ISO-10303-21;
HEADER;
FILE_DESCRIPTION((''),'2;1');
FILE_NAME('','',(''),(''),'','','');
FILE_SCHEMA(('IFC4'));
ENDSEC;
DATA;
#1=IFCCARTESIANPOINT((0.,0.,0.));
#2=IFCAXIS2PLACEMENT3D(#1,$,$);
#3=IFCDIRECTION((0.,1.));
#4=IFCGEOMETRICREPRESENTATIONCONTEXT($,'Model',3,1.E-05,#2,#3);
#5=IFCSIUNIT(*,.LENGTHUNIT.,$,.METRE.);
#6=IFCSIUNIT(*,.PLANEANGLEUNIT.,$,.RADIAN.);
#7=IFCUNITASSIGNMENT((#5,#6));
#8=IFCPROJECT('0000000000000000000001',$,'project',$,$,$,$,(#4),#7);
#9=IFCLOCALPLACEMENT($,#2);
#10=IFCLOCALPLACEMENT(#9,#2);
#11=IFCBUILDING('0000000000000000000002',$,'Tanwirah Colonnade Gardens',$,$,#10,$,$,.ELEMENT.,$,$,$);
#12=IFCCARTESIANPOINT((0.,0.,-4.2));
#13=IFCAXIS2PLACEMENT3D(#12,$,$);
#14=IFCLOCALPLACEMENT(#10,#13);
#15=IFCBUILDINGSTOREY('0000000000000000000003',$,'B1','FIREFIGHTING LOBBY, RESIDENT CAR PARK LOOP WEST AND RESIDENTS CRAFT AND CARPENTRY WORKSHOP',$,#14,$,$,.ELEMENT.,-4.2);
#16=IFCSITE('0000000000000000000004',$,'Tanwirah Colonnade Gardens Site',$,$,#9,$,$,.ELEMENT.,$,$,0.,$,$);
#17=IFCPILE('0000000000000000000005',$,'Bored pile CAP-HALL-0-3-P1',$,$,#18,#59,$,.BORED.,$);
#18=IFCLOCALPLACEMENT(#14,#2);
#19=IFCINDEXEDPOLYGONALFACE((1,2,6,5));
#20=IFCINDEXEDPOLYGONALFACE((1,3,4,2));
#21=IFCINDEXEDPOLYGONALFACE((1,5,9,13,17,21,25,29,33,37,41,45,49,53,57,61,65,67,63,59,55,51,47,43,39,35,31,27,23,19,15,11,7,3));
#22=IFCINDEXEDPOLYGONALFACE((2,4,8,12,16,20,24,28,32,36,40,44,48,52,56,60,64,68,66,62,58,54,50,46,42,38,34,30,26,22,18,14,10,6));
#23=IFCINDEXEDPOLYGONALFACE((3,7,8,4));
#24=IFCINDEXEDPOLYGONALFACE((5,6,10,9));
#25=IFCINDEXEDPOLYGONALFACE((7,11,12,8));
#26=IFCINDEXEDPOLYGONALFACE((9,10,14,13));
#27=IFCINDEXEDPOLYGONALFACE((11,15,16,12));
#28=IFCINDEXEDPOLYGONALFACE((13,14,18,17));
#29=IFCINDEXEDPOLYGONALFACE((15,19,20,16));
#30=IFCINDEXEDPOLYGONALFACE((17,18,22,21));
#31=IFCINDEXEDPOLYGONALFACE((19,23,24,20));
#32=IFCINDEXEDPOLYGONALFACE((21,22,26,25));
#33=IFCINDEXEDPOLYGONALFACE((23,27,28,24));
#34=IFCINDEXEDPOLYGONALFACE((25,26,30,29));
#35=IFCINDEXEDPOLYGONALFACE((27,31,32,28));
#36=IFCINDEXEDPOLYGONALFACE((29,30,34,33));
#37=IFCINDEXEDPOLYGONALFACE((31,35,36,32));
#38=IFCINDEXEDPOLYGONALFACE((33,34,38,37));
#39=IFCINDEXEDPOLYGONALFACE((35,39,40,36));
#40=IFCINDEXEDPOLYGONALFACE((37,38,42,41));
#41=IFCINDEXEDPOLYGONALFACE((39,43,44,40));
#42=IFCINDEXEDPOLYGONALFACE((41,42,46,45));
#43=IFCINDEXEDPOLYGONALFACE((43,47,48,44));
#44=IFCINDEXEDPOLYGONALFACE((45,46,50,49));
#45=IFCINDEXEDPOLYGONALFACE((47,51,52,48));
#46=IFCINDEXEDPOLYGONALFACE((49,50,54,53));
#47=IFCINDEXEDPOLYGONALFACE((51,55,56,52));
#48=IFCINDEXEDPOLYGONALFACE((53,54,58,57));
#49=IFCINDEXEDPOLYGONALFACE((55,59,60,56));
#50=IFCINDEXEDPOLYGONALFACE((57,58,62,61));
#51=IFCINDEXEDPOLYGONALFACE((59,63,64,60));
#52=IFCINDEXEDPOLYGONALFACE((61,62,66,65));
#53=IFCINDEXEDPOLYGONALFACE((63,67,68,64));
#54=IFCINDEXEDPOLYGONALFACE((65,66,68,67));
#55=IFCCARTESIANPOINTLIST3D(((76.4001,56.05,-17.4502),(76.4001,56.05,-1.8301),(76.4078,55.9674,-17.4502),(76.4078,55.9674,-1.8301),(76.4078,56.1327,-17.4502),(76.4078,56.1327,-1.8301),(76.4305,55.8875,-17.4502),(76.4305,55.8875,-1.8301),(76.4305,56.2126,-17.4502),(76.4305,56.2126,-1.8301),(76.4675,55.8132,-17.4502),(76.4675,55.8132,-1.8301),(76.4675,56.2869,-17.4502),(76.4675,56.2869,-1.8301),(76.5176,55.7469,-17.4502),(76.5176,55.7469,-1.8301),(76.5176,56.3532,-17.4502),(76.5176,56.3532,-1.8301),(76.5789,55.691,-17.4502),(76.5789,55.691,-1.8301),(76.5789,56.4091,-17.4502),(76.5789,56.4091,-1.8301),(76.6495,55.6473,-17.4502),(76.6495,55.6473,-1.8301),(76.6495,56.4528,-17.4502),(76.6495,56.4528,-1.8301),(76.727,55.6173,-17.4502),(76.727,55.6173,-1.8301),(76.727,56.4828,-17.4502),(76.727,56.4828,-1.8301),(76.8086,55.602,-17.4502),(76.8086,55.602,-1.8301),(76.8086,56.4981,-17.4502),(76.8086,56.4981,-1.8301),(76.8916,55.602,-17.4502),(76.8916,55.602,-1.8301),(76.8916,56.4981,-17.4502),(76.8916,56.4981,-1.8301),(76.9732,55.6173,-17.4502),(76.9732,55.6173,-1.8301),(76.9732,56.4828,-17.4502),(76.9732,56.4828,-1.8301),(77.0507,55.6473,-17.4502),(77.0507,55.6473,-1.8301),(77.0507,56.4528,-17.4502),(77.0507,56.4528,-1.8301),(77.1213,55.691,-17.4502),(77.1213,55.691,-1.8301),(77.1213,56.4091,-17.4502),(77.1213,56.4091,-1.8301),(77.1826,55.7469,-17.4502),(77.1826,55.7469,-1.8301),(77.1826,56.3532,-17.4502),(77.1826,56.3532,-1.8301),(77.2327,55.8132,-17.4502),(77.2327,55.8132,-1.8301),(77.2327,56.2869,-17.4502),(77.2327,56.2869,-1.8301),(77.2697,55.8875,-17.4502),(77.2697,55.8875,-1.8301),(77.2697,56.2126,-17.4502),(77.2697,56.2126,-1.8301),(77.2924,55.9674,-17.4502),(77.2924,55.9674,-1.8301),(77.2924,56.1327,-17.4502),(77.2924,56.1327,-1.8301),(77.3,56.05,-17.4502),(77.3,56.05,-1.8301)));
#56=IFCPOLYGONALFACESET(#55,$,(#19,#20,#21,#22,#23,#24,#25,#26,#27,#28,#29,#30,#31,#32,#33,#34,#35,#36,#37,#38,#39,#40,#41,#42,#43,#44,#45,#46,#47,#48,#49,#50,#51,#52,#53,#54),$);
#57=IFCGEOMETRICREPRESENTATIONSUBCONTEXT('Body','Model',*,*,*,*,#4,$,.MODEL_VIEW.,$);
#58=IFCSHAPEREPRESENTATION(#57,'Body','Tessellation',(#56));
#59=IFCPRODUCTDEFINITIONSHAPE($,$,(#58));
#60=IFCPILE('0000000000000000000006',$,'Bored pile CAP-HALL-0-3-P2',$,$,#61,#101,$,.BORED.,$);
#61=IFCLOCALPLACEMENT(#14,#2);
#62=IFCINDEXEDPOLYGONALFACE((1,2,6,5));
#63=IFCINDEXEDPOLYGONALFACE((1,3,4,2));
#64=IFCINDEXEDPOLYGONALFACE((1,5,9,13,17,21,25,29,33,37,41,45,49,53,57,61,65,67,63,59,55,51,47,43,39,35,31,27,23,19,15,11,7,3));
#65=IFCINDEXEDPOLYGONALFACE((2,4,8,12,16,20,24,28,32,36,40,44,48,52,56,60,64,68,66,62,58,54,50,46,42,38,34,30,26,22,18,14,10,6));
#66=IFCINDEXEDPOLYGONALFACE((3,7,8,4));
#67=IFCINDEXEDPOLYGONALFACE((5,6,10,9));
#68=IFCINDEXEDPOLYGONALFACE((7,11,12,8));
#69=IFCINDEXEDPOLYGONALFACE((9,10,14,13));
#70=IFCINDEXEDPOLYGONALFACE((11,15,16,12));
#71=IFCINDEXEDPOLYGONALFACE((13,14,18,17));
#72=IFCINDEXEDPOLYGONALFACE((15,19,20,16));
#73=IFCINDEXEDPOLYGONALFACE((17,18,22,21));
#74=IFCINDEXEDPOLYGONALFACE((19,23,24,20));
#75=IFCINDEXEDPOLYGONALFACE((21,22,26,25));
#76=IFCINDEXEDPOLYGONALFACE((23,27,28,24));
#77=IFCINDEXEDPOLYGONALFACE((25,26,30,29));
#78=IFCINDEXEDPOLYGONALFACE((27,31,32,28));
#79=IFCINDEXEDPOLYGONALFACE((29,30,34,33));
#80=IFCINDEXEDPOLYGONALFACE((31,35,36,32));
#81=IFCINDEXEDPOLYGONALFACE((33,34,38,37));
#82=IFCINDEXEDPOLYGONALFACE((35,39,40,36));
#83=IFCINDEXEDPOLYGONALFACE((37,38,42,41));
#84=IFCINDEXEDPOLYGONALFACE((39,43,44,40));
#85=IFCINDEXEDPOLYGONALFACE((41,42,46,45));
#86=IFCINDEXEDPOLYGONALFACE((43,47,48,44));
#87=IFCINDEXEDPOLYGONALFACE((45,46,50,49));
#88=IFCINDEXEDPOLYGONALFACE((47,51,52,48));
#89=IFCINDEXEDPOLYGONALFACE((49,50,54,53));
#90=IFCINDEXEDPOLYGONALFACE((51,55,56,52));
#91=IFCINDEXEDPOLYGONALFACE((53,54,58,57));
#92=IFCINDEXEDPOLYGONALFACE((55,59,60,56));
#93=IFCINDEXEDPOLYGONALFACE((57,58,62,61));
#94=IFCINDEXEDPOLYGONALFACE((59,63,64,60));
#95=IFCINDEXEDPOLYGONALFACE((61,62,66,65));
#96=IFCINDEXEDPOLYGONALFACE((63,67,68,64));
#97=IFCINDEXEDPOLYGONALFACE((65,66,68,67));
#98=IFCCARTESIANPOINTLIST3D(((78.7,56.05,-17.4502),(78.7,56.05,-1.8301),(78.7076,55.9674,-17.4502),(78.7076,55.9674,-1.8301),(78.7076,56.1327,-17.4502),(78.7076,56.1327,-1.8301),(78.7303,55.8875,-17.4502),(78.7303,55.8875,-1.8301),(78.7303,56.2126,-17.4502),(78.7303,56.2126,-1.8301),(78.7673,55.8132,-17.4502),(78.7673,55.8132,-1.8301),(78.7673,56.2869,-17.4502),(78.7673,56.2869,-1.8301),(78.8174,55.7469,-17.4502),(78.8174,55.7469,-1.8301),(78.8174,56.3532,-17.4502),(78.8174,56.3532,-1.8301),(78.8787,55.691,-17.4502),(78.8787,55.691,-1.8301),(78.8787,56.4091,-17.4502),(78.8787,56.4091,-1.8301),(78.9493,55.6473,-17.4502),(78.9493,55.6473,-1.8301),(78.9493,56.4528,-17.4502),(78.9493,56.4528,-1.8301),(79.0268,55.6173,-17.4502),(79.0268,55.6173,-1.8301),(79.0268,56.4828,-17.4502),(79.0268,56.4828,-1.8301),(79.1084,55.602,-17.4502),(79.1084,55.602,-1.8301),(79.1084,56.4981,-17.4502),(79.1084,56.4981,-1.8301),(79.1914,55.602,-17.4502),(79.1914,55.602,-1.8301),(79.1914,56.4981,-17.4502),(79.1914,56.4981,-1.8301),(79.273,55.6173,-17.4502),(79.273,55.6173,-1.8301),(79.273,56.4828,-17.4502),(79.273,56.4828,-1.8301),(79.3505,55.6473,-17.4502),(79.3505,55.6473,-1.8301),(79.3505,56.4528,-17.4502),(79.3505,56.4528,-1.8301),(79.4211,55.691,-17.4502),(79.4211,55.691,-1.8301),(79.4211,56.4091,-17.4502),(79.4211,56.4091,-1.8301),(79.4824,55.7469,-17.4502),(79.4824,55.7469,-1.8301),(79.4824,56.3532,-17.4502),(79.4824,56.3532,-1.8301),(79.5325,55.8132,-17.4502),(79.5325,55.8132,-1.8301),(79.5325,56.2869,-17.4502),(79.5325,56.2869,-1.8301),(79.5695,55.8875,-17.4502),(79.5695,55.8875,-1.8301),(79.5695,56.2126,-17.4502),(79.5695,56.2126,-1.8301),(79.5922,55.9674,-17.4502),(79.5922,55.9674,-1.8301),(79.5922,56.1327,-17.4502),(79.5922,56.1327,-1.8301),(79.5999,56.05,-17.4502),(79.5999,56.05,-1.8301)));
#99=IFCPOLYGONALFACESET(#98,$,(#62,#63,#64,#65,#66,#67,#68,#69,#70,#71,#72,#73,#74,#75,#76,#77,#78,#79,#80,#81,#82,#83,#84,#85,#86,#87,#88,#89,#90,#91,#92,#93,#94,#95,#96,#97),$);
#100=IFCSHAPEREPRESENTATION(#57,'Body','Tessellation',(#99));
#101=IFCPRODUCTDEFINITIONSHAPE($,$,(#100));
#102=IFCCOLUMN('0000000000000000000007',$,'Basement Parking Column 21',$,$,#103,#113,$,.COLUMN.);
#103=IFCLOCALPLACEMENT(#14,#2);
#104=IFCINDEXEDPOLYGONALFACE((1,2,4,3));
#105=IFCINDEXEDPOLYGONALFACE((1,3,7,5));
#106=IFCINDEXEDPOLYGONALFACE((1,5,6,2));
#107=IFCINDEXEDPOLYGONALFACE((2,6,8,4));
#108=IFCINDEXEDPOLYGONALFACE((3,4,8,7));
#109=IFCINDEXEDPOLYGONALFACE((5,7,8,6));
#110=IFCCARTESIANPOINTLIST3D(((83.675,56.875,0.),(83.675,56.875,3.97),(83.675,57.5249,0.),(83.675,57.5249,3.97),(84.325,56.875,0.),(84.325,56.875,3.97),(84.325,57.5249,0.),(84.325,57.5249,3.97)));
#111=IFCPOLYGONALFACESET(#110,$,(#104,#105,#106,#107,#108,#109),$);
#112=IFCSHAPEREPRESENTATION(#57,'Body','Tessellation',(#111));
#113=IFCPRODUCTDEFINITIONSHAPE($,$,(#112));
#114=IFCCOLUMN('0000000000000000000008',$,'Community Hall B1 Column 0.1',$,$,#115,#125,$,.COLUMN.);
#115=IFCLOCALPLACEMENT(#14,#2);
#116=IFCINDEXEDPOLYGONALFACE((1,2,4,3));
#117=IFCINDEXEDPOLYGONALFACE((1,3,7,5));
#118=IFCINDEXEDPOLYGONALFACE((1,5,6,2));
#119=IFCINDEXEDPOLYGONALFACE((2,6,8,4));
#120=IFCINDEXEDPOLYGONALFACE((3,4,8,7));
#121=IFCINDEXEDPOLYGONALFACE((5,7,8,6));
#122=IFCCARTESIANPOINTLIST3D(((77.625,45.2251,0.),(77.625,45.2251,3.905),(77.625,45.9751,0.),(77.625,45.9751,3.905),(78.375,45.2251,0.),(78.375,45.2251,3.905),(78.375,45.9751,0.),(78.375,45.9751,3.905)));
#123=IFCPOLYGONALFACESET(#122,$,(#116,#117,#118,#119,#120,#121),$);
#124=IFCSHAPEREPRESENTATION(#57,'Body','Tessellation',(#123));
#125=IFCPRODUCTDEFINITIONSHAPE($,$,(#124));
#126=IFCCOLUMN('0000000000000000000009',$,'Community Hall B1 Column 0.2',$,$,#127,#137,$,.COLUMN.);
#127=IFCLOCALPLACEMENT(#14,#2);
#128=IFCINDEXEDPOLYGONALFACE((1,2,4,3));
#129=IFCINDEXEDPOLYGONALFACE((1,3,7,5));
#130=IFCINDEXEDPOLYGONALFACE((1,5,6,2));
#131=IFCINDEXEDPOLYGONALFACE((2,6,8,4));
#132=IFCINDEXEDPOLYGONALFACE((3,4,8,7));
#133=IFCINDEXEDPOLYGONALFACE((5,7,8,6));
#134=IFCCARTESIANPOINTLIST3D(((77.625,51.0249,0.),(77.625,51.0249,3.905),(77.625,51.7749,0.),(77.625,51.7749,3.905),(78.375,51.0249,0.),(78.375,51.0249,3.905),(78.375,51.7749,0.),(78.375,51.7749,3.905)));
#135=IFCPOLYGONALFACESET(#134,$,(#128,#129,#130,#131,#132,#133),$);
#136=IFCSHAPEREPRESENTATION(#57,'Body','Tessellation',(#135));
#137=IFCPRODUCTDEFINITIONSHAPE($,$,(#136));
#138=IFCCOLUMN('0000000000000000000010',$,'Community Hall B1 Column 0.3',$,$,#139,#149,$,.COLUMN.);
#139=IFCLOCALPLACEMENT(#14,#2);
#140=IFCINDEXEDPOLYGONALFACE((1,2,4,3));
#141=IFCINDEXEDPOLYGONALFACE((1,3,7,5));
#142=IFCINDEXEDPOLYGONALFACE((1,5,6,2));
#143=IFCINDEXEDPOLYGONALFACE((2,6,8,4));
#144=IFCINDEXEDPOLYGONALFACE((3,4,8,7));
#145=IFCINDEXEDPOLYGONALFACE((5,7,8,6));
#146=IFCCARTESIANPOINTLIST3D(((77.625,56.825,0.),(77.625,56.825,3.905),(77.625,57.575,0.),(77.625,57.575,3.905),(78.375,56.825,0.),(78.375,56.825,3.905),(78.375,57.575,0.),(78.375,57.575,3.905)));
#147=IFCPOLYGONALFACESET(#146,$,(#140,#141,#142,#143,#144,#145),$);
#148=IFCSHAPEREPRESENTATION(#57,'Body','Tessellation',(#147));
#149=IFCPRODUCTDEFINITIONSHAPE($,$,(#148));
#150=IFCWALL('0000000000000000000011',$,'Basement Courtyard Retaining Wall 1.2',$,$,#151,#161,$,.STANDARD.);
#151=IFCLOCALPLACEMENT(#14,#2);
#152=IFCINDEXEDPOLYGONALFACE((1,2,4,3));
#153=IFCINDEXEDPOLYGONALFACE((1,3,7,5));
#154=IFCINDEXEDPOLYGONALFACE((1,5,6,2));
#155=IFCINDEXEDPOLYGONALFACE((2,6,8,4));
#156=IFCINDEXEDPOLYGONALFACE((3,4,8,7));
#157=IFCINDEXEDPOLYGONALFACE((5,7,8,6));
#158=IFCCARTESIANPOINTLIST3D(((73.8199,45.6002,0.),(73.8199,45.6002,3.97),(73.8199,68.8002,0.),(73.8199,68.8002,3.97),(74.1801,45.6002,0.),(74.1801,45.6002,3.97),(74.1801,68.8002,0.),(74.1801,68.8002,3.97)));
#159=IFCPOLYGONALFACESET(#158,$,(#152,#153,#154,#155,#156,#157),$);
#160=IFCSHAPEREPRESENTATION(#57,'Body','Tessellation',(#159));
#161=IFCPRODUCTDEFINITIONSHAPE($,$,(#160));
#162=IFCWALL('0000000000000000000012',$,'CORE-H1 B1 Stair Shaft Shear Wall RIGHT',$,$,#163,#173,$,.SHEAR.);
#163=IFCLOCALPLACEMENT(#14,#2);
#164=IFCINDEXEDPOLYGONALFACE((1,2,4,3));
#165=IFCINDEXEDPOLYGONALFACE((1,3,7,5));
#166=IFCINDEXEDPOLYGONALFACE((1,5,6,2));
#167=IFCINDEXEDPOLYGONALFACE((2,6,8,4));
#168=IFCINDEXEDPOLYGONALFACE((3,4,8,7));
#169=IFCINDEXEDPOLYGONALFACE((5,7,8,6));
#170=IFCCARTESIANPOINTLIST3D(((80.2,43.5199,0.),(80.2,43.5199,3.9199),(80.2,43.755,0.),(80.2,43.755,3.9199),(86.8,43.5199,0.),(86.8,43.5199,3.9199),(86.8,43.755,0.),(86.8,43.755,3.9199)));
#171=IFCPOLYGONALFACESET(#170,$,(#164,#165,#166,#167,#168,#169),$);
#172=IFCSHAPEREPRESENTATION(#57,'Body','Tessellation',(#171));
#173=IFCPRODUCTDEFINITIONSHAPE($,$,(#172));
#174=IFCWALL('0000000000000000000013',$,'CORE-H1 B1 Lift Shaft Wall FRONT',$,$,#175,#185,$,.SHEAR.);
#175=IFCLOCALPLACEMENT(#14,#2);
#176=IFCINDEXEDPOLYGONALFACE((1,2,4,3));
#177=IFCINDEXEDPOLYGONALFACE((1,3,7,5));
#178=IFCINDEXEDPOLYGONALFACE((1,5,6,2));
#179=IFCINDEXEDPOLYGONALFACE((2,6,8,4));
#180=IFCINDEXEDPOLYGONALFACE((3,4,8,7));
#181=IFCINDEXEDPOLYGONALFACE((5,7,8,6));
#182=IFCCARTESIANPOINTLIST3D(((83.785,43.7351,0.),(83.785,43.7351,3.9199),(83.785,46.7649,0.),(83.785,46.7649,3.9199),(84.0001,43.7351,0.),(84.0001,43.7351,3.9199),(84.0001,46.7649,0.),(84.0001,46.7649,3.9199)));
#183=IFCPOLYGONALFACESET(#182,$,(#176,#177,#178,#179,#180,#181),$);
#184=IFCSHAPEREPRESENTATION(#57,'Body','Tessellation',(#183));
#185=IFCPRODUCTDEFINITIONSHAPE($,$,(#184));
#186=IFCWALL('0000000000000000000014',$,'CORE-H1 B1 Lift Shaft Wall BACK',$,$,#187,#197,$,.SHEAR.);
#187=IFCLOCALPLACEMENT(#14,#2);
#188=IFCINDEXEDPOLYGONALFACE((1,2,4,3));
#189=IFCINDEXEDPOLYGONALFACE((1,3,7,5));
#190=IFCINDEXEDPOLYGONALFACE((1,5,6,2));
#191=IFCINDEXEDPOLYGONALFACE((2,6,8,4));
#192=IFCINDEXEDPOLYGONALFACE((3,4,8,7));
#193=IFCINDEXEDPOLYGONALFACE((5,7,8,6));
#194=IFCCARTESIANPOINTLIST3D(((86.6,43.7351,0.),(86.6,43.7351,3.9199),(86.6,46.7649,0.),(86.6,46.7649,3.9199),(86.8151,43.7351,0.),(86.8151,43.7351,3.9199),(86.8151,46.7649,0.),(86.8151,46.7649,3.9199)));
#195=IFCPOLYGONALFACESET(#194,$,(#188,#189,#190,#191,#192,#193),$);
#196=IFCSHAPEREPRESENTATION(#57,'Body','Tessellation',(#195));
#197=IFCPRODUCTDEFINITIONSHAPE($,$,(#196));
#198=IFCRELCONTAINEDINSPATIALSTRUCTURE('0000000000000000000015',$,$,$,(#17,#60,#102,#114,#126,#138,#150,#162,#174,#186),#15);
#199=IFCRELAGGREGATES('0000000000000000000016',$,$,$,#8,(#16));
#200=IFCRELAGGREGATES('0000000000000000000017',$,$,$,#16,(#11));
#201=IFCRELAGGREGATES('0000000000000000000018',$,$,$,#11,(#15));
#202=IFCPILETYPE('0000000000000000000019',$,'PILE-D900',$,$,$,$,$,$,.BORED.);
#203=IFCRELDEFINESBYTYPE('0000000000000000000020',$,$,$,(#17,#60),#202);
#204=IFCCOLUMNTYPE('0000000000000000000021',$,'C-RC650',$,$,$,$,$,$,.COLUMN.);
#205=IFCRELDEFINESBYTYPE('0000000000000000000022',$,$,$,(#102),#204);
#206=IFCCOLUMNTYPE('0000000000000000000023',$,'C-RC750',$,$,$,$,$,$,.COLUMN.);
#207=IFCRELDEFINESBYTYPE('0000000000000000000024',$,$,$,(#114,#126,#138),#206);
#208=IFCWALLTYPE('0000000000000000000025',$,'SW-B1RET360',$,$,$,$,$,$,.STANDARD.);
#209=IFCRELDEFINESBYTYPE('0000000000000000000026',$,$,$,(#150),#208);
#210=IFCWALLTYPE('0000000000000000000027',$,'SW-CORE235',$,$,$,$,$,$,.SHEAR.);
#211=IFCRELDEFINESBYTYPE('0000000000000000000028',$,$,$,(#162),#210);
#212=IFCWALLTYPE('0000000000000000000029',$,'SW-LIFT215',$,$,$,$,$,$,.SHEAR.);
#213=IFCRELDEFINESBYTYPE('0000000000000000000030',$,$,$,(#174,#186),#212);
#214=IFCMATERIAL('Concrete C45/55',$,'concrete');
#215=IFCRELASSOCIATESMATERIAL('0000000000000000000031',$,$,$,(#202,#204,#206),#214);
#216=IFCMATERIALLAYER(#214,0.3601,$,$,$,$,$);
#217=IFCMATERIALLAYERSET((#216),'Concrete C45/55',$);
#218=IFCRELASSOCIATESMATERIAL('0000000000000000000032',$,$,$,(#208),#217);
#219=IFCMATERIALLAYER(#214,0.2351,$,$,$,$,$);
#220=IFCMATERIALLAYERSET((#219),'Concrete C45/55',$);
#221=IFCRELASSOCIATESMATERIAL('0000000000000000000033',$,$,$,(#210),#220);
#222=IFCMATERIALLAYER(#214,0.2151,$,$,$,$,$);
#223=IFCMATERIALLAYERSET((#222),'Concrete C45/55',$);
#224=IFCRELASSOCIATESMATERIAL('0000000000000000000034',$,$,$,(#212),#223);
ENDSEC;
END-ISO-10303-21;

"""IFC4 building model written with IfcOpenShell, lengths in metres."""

from ifc_helpers import new_model, si_unit, direction, frame, frame_2d, origin, origin_2d, place, context, subcontext, project, spatial, rectangle, circle, extrude, material, layer, layer_set, material_profile, profile_set, type_object, element, save


model = new_model("IFC4")

# Units and contexts
model_context = context("Model", 3, precision=1e-05, world=origin(), true_north=direction((0.0, 1.0)))
body_context = subcontext(model_context, "Body", "Model", "MODEL_VIEW")
ifc_project = project(units=[si_unit("LENGTHUNIT", "METRE"), si_unit("PLANEANGLEUNIT", "RADIAN")], contexts=[model_context])

# Site, building, storey
site_placement = place(None, origin())
site = spatial("IfcSite", under=ifc_project, at=site_placement, Name="Tanwirah Colonnade Gardens Site", CompositionType="ELEMENT", RefElevation=0.0)
building_placement = place(site_placement, origin())
building = spatial("IfcBuilding", under=site, at=building_placement, Name="Tanwirah Colonnade Gardens", CompositionType="ELEMENT")
storey_placement = place(building_placement, frame((0.0, 0.0, -4.2)))
storey = spatial("IfcBuildingStorey", under=building, at=storey_placement, Name="B1", Description="FIREFIGHTING LOBBY, RESIDENT CAR PARK LOOP WEST AND RESIDENTS CRAFT AND CARPENTRY WORKSHOP", CompositionType="ELEMENT", Elevation=-4.2)

# Shared definitions
ifc_material = material(Name="Concrete C45/55", Category="concrete")

# Piles
ifc_material_profile_1 = material_profile(ifc_material, circle(Radius=0.45, at=origin_2d()), Name="PILE D900")
ifc_profile_set_1 = profile_set([ifc_material_profile_1], Name="Concrete C45/55")
pile_type_1 = type_object("IfcPileType", Name="PILE-D900", PredefinedType="BORED", material=ifc_profile_set_1)
for number, where, z_axis, x_axis, name in (
    (1, (76.8501, 56.05, -1.8301), (0.0, 0.0, -1.0), (1.0, 0.0, 0.0), "Bored pile CAP-HALL-0-3-P1"),
    (2, (79.1499, 56.05, -1.8301), (0.0, 0.0, -1.0), (1.0, 0.0, 0.0), "Bored pile CAP-HALL-0-3-P2"),
):
    element("IfcPile", number, at=place(storey_placement, frame(where, z_axis=z_axis, x_axis=x_axis)), inside=storey, type_object=pile_type_1, Name=name, PredefinedType="BORED", context=body_context, shape_type="SweptSolid", body=[
        extrude(circle(Radius=0.45, at=origin_2d()), origin(), (0.0, 0.0, 1.0), 15.6201),
    ])

# Columns
ifc_material_profile_2 = material_profile(ifc_material, rectangle(XDim=0.6499, YDim=0.6499, at=origin_2d()), Name="RC-COL 650x650")
ifc_profile_set_2 = profile_set([ifc_material_profile_2], Name="Concrete C45/55")
column_type_1 = type_object("IfcColumnType", Name="C-RC650", PredefinedType="COLUMN", material=ifc_profile_set_2)
column_placement = place(storey_placement, frame((84.0, 57.2, 0.0), z_axis=(0.0, 0.0, 1.0), x_axis=(1.0, 0.0, 0.0)))
element("IfcColumn", 3, at=column_placement, inside=storey, type_object=column_type_1, Name="Basement Parking Column 21", PredefinedType="COLUMN", context=body_context, shape_type="SweptSolid", body=[
    extrude(rectangle(XDim=0.6499, YDim=0.6499, at=origin_2d()), origin(), (0.0, 0.0, 1.0), 3.97),
])
ifc_material_profile_3 = material_profile(ifc_material, rectangle(XDim=0.75, YDim=0.75, at=origin_2d()), Name="RC-COL 750x750")
ifc_profile_set_3 = profile_set([ifc_material_profile_3], Name="Concrete C45/55")
column_type_2 = type_object("IfcColumnType", Name="C-RC750", PredefinedType="COLUMN", material=ifc_profile_set_3)
for number, where, z_axis, x_axis, name in (
    (4, (78.0, 45.6001, 0.0), (0.0, 0.0, 1.0), (1.0, 0.0, 0.0), "Community Hall B1 Column 0.1"),
    (5, (78.0, 51.3999, 0.0), (0.0, 0.0, 1.0), (1.0, 0.0, 0.0), "Community Hall B1 Column 0.2"),
    (6, (78.0, 57.2, 0.0), (0.0, 0.0, 1.0), (1.0, 0.0, 0.0), "Community Hall B1 Column 0.3"),
):
    element("IfcColumn", number, at=place(storey_placement, frame(where, z_axis=z_axis, x_axis=x_axis)), inside=storey, type_object=column_type_2, Name=name, PredefinedType="COLUMN", context=body_context, shape_type="SweptSolid", body=[
        extrude(rectangle(XDim=0.75, YDim=0.75, at=origin_2d()), origin(), (0.0, 0.0, 1.0), 3.905),
    ])

# Walls
ifc_layer_1 = layer(ifc_material, 0.3601)
ifc_layer_set_1 = layer_set([ifc_layer_1], Name="Concrete C45/55")
wall_type_1 = type_object("IfcWallType", Name="SW-B1RET360", PredefinedType="STANDARD", material=ifc_layer_set_1)
wall_1_placement = place(storey_placement, frame((74.0, 45.6001, 0.0), z_axis=(0.0, 0.0, 1.0), x_axis=(0.0, 1.0, 0.0)))
element("IfcWall", 7, at=wall_1_placement, inside=storey, type_object=wall_type_1, Name="Basement Courtyard Retaining Wall 1.2", PredefinedType="STANDARD", context=body_context, shape_type="SweptSolid", body=[
    extrude(rectangle(XDim=23.2, YDim=0.3601, at=frame_2d((11.6001, 0.0))), origin(), (0.0, 0.0, 1.0), 3.97),
])
ifc_layer_2 = layer(ifc_material, 0.2351)
ifc_layer_set_2 = layer_set([ifc_layer_2], Name="Concrete C45/55")
wall_type_2 = type_object("IfcWallType", Name="SW-CORE235", PredefinedType="SHEAR", material=ifc_layer_set_2)
wall_2_placement = place(storey_placement, frame((80.2, 43.6375, 0.0), z_axis=(0.0, 0.0, 1.0), x_axis=(1.0, 0.0, 0.0)))
element("IfcWall", 8, at=wall_2_placement, inside=storey, type_object=wall_type_2, Name="CORE-H1 B1 Stair Shaft Shear Wall RIGHT", PredefinedType="SHEAR", context=body_context, shape_type="SweptSolid", body=[
    extrude(rectangle(XDim=6.6001, YDim=0.2351, at=frame_2d((3.3, 0.0))), origin(), (0.0, 0.0, 1.0), 3.9199),
])
ifc_layer_3 = layer(ifc_material, 0.2151)
ifc_layer_set_3 = layer_set([ifc_layer_3], Name="Concrete C45/55")
wall_type_3 = type_object("IfcWallType", Name="SW-LIFT215", PredefinedType="SHEAR", material=ifc_layer_set_3)
for number, where, z_axis, x_axis, name in (
    (9, (83.8926, 43.7351, 0.0), (0.0, 0.0, 1.0), (0.0, 1.0, 0.0), "CORE-H1 B1 Lift Shaft Wall FRONT"),
    (10, (86.7075, 43.7351, 0.0), (0.0, 0.0, 1.0), (0.0, 1.0, 0.0), "CORE-H1 B1 Lift Shaft Wall BACK"),
):
    element("IfcWall", number, at=place(storey_placement, frame(where, z_axis=z_axis, x_axis=x_axis)), inside=storey, type_object=wall_type_3, Name=name, PredefinedType="SHEAR", context=body_context, shape_type="SweptSolid", body=[
        extrude(rectangle(XDim=3.0298, YDim=0.2151, at=frame_2d((1.5149, 0.0))), origin(), (0.0, 0.0, 1.0), 3.9199),
    ])

save(model, "model.ifc")
